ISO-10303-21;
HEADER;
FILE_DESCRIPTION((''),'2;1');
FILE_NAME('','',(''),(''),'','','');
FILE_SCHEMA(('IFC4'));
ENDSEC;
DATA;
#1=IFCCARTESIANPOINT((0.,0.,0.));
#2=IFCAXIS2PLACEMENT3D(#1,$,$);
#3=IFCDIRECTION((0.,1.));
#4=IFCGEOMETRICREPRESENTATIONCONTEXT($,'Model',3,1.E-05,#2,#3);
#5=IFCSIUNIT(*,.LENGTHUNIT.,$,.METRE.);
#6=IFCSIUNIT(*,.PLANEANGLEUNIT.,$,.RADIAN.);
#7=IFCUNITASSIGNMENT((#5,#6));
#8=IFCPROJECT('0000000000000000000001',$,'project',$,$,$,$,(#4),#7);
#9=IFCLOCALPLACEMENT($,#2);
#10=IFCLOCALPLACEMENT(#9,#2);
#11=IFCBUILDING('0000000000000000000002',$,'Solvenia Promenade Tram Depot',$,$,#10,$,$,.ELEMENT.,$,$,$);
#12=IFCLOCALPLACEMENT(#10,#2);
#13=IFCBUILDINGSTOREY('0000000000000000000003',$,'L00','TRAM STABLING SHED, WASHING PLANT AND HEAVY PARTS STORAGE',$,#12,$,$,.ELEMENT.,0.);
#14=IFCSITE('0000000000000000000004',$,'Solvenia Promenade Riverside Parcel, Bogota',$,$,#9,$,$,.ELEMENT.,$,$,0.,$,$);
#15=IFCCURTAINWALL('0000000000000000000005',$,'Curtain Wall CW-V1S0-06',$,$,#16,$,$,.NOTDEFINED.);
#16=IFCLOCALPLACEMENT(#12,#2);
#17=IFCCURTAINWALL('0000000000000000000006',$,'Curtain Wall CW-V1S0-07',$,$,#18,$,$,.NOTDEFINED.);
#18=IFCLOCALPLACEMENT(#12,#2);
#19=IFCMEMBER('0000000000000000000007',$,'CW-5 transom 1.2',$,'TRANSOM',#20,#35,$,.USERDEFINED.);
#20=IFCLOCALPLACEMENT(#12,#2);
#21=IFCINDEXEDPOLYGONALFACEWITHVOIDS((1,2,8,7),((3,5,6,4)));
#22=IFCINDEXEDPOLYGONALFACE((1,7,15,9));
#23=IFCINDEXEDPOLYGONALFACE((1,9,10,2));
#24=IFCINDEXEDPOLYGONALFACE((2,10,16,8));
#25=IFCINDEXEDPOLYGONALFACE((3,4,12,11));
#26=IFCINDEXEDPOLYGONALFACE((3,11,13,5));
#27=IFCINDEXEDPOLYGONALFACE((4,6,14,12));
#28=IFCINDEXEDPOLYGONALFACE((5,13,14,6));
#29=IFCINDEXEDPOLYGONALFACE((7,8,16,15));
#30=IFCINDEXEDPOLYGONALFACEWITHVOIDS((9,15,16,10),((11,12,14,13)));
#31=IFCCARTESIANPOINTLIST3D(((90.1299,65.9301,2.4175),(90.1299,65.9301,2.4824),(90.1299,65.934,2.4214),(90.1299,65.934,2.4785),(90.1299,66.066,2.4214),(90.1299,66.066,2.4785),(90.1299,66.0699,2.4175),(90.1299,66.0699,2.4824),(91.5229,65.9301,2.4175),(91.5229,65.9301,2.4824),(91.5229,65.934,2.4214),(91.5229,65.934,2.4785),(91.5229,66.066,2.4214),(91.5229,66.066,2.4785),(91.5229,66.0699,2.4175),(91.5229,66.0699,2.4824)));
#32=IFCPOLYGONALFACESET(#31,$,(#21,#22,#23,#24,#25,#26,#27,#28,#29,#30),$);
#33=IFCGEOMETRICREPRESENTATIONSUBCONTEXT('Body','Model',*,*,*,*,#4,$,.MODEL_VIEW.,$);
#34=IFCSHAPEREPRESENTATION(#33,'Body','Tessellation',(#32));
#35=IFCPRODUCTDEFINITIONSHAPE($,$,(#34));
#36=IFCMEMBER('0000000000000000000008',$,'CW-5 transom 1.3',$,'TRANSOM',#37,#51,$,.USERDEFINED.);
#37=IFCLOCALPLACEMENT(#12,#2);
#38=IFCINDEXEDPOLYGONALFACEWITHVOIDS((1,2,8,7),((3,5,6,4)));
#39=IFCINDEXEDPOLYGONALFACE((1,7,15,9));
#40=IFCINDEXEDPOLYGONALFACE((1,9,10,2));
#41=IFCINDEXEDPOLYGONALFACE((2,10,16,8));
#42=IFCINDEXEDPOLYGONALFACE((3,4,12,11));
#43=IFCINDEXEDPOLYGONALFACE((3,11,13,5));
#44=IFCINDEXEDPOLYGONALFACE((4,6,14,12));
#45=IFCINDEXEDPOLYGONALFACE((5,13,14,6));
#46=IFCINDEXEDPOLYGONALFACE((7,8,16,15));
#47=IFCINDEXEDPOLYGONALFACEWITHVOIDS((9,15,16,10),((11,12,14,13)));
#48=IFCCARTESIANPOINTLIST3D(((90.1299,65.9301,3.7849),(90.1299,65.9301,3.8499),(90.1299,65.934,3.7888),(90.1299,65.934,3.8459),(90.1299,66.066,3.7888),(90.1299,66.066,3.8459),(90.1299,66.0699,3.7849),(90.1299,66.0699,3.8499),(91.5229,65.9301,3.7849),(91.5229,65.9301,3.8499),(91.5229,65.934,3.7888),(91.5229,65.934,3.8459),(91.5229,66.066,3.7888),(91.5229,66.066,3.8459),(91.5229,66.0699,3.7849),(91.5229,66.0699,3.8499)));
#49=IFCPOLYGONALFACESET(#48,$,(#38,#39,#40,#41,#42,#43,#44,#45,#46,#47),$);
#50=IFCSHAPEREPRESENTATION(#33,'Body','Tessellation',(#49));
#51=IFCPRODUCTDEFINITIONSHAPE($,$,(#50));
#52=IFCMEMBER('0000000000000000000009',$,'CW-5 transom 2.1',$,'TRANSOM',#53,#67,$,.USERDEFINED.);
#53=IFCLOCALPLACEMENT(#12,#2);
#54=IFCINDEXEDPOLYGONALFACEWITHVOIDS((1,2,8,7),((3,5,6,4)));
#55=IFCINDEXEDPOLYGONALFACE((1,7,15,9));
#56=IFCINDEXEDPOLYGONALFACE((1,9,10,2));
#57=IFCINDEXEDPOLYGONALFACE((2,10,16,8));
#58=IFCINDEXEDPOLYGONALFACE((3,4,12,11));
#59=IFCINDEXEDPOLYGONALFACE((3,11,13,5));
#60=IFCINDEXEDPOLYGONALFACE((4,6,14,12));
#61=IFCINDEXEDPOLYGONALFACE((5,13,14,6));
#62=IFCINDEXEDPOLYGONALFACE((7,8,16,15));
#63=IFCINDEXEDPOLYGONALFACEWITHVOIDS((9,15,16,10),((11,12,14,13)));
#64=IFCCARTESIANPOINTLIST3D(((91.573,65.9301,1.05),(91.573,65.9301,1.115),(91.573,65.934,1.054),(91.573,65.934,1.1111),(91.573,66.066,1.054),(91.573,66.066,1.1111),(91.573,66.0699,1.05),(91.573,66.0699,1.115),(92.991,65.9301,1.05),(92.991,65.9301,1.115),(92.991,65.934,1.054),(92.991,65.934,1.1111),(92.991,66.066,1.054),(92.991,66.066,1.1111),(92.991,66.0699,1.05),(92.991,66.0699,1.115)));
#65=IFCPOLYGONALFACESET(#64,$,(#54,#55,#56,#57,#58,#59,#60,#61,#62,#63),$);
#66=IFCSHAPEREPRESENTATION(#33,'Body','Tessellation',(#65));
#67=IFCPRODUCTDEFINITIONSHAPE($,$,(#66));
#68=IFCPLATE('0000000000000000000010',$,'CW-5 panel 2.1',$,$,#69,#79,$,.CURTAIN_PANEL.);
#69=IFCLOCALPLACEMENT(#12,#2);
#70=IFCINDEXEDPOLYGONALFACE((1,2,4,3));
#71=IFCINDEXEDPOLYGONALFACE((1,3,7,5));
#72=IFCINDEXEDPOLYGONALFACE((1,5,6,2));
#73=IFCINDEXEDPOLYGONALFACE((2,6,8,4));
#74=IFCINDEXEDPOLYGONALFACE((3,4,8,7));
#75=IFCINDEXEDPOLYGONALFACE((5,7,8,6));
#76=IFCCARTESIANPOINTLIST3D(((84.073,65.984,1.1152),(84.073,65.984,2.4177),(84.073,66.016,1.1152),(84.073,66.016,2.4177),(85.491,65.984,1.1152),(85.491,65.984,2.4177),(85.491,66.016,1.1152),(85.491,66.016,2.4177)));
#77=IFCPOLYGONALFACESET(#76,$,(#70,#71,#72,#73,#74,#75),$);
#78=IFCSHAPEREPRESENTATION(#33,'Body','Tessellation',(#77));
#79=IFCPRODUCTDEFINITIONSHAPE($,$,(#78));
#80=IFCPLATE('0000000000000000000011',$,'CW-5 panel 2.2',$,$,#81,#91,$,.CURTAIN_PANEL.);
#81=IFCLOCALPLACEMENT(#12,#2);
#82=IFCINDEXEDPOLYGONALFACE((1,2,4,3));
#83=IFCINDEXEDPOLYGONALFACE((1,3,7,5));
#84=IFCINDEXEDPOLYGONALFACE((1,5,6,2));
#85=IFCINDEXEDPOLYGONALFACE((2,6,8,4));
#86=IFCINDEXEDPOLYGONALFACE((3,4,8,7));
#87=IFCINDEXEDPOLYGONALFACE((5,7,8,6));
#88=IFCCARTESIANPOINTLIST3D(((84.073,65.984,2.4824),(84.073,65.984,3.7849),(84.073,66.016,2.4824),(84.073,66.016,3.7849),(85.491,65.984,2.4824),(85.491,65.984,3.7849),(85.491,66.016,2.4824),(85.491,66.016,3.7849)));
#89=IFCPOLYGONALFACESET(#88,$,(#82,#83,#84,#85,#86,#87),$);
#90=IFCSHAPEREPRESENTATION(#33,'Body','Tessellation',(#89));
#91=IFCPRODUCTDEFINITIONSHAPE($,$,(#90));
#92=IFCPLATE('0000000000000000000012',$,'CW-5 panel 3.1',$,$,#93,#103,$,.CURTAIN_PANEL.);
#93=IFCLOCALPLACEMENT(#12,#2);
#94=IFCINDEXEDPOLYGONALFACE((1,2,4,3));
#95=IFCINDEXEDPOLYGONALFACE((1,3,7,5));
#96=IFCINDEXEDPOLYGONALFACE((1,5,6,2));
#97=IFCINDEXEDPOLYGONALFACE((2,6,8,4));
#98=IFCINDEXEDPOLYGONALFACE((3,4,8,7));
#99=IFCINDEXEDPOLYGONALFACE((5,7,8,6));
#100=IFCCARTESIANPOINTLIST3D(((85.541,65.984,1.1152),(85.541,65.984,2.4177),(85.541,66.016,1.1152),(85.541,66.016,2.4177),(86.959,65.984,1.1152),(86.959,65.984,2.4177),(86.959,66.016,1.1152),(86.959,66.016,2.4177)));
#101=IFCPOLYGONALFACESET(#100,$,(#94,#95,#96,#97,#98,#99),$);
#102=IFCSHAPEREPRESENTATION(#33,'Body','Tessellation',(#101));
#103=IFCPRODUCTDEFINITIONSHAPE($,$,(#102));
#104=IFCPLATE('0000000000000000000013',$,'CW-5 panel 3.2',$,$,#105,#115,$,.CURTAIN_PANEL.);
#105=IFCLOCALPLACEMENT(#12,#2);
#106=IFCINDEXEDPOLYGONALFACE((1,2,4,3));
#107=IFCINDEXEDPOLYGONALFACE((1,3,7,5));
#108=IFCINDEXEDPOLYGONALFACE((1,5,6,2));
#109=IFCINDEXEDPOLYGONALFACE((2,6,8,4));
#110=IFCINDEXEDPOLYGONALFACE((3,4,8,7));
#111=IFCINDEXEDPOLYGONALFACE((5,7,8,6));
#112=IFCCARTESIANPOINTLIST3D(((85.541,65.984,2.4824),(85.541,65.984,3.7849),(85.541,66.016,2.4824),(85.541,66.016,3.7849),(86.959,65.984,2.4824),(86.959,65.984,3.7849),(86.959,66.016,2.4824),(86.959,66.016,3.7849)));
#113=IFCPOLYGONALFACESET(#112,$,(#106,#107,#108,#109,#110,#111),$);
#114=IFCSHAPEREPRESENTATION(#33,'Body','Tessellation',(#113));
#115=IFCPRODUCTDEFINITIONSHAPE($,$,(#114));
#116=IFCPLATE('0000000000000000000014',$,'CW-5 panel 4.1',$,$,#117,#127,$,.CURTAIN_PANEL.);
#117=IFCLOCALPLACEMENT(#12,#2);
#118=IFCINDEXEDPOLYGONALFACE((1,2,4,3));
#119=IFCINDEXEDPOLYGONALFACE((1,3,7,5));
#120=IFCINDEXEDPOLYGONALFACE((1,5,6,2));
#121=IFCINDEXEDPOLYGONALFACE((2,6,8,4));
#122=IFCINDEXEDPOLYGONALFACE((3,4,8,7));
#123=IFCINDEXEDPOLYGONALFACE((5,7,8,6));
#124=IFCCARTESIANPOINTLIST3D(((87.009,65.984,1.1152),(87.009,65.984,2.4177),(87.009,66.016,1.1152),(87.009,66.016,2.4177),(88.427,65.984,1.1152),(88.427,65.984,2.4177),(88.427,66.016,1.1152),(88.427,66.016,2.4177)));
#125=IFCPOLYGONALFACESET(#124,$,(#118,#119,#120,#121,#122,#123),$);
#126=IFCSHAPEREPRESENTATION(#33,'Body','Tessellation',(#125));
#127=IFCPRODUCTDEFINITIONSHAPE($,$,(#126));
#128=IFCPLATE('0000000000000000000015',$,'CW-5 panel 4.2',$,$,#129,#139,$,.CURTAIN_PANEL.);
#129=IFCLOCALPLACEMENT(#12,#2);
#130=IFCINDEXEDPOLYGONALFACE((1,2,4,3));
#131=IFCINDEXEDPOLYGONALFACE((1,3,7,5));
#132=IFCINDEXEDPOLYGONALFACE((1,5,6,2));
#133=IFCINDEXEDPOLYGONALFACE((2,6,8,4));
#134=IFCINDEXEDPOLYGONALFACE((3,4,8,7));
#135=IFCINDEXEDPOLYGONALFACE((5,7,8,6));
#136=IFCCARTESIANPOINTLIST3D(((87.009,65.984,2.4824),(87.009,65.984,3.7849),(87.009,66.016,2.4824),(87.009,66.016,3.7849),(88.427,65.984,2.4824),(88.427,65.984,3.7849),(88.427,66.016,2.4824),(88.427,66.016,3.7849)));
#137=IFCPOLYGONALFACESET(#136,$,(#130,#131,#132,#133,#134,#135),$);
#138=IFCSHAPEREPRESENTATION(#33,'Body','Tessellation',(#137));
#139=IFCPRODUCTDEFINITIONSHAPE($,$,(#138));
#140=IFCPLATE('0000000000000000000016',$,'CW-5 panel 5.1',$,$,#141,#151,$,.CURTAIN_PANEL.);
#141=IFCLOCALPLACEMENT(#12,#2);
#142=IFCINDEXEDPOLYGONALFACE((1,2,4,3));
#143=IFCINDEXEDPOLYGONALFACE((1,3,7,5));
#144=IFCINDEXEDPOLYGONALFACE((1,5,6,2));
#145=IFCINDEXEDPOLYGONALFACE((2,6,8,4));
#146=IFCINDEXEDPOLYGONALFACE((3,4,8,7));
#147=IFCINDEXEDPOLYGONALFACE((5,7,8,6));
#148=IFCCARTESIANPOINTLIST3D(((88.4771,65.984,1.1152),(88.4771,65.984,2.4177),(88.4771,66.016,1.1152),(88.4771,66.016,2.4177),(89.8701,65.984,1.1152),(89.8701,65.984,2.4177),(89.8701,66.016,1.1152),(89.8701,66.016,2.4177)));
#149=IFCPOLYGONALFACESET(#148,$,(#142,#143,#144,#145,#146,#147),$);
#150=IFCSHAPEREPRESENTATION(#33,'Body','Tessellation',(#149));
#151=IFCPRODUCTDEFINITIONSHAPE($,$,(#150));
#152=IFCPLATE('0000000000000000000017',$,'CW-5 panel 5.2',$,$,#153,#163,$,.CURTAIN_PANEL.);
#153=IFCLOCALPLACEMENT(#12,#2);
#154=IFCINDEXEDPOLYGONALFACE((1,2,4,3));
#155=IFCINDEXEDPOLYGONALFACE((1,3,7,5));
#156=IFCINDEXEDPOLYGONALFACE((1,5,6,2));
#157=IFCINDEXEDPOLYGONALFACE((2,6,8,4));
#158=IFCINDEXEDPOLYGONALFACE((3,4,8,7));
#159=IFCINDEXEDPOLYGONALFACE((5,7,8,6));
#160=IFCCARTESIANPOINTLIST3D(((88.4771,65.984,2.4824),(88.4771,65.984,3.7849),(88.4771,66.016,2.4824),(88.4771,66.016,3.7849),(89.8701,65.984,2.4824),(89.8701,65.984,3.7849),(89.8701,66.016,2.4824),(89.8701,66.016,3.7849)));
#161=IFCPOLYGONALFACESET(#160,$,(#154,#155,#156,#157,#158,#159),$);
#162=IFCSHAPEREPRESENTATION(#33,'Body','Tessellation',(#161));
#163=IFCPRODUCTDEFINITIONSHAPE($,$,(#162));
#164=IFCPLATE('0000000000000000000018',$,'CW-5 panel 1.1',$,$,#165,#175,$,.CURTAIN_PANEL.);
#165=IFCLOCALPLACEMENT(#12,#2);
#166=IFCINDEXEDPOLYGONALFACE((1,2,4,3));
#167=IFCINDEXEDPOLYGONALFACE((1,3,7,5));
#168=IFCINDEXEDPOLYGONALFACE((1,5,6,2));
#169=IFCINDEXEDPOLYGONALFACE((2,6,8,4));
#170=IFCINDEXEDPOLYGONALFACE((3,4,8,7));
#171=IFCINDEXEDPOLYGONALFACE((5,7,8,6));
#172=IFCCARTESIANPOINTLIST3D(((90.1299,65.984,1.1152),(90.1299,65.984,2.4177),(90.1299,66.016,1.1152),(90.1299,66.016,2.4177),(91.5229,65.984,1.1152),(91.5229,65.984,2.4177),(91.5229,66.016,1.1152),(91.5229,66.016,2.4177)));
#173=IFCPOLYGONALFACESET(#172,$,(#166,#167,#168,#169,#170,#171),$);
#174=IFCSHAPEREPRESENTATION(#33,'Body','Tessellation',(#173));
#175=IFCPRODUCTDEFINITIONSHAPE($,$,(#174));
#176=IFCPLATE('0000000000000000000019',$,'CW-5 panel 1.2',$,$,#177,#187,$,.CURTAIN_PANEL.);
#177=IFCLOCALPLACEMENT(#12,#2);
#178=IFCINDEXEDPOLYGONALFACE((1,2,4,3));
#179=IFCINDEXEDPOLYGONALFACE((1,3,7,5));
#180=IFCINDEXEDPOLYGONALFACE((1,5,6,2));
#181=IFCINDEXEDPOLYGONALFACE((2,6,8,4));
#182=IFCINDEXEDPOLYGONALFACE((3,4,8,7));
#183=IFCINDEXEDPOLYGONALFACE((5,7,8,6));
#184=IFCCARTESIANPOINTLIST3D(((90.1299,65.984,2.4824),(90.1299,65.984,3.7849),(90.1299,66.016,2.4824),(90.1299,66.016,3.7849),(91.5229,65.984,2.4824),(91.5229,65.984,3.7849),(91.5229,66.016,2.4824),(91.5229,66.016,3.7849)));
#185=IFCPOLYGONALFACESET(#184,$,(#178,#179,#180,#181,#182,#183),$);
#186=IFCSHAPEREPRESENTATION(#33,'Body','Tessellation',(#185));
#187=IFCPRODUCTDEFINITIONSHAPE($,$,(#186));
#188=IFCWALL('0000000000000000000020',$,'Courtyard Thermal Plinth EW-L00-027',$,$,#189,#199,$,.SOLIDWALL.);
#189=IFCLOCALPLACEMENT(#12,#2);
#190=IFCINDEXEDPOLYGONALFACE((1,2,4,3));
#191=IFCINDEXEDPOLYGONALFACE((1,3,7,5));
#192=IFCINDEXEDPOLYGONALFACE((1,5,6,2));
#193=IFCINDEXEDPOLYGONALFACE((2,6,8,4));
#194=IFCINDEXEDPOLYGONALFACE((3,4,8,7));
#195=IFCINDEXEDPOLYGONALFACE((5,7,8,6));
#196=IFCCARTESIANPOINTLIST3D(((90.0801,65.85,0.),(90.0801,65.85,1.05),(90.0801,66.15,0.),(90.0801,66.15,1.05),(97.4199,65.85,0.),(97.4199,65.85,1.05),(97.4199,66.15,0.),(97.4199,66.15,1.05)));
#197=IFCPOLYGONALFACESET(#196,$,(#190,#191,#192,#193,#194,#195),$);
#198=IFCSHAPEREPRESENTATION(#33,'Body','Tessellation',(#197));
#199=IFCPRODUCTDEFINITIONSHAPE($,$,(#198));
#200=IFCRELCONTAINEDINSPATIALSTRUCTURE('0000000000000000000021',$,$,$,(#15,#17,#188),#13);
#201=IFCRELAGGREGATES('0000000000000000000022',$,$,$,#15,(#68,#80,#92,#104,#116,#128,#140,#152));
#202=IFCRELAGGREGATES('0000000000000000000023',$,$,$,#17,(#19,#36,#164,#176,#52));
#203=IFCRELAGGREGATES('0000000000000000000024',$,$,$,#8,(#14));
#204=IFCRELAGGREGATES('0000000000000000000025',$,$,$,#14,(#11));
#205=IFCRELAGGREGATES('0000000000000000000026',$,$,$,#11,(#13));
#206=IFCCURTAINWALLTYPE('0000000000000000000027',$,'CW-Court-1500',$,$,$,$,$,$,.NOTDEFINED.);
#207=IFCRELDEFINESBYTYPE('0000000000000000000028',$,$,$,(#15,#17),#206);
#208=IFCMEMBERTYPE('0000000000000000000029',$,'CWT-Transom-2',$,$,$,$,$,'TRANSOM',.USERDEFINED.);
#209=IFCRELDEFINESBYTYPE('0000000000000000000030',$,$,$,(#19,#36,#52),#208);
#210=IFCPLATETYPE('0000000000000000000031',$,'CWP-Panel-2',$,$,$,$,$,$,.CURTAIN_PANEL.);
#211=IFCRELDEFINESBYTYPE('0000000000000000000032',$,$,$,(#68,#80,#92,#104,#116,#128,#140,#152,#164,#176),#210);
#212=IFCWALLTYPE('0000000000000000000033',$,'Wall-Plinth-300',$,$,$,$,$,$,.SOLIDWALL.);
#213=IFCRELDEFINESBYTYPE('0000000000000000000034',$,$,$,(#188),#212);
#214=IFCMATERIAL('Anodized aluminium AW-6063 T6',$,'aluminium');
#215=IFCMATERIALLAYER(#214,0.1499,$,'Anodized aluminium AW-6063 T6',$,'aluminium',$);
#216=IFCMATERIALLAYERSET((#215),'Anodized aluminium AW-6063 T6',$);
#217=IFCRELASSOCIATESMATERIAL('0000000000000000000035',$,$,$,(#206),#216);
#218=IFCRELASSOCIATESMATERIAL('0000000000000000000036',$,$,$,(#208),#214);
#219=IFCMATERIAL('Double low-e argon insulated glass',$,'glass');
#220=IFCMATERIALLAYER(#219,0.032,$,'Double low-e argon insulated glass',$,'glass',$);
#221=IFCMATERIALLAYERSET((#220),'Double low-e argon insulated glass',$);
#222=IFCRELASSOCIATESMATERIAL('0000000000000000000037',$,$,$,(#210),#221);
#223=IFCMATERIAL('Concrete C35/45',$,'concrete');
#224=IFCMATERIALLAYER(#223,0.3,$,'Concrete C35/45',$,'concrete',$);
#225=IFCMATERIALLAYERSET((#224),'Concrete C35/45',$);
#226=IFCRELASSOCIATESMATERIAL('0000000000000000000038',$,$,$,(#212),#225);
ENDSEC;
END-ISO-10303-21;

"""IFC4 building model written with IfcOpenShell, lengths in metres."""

from ifc_helpers import new_model, si_unit, direction, frame, frame_2d, origin, origin_2d, place, context, subcontext, project, spatial, rectangle, hollow_rectangle, extrude, material, layer, layer_set, material_profile, profile_set, type_object, element, aggregate, save


model = new_model("IFC4")

# Units and contexts
model_context = context("Model", 3, precision=1e-05, world=origin(), true_north=direction((0.0, 1.0)))
body_context = subcontext(model_context, "Body", "Model", "MODEL_VIEW")
ifc_project = project(units=[si_unit("LENGTHUNIT", "METRE"), si_unit("PLANEANGLEUNIT", "RADIAN")], contexts=[model_context])

# Site, building, storey
site_placement = place(None, origin())
site = spatial("IfcSite", under=ifc_project, at=site_placement, Name="Solvenia Promenade Riverside Parcel, Bogota", CompositionType="ELEMENT", RefElevation=0.0)
building_placement = place(site_placement, origin())
building = spatial("IfcBuilding", under=site, at=building_placement, Name="Solvenia Promenade Tram Depot", CompositionType="ELEMENT")
storey_placement = place(building_placement, origin())
storey = spatial("IfcBuildingStorey", under=building, at=storey_placement, Name="L00", Description="TRAM STABLING SHED, WASHING PLANT AND HEAVY PARTS STORAGE", CompositionType="ELEMENT", Elevation=0.0)

# Curtain walls
ifc_material_1 = material(Name="Anodized aluminium AW-6063 T6", Category="aluminium")
ifc_layer_1 = layer(ifc_material_1, 0.1499, Name="Anodized aluminium AW-6063 T6", Category="aluminium")
ifc_layer_set_1 = layer_set([ifc_layer_1], Name="Anodized aluminium AW-6063 T6")
curtain_wall_type = type_object("IfcCurtainWallType", Name="CW-Court-1500", PredefinedType="NOTDEFINED", material=ifc_layer_set_1)
curtain_wall_1_placement = place(storey_placement, origin())
curtain_wall_1 = element("IfcCurtainWall", 1, at=curtain_wall_1_placement, inside=storey, type_object=curtain_wall_type, Name="Curtain Wall CW-V1S0-06", PredefinedType="NOTDEFINED")
curtain_wall_2_placement = place(storey_placement, origin())
curtain_wall_2 = element("IfcCurtainWall", 2, at=curtain_wall_2_placement, inside=storey, type_object=curtain_wall_type, Name="Curtain Wall CW-V1S0-07", PredefinedType="NOTDEFINED")

# Members
ifc_material_profile_1 = material_profile(ifc_material_1, hollow_rectangle(XDim=0.1399, YDim=0.0649, WallThickness=0.0039, at=origin_2d()), Name="ALU-T2", Category="aluminium")
ifc_profile_set_1 = profile_set([ifc_material_profile_1], Name="Anodized aluminium AW-6063 T6")
member_type_1 = type_object("IfcMemberType", Name="CWT-Transom-2", ElementType="TRANSOM", PredefinedType="USERDEFINED", material=ifc_profile_set_1)
member_1_placement = place(storey_placement, frame((90.1299, 66.0, 2.45), z_axis=(1.0, 0.0, 0.0), x_axis=(0.0, 1.0, 0.0)))
member_1 = element("IfcMember", 3, at=member_1_placement, type_object=member_type_1, Name="CW-5 transom 1.2", ObjectType="TRANSOM", PredefinedType="USERDEFINED", context=body_context, shape_type="SweptSolid", body=[
    extrude(hollow_rectangle(XDim=0.1399, YDim=0.0649, WallThickness=0.0039, at=origin_2d()), origin(), (0.0, 0.0, 1.0), 1.3931),
])
member_2_placement = place(storey_placement, frame((90.1299, 66.0, 3.8174), z_axis=(1.0, 0.0, 0.0), x_axis=(0.0, 1.0, 0.0)))
member_2 = element("IfcMember", 4, at=member_2_placement, type_object=member_type_1, Name="CW-5 transom 1.3", ObjectType="TRANSOM", PredefinedType="USERDEFINED", context=body_context, shape_type="SweptSolid", body=[
    extrude(hollow_rectangle(XDim=0.1399, YDim=0.0649, WallThickness=0.0039, at=origin_2d()), origin(), (0.0, 0.0, 1.0), 1.3931),
])
member_3_placement = place(storey_placement, frame((91.573, 66.0, 1.0825), z_axis=(1.0, 0.0, 0.0), x_axis=(0.0, 1.0, 0.0)))
member_3 = element("IfcMember", 5, at=member_3_placement, type_object=member_type_1, Name="CW-5 transom 2.1", ObjectType="TRANSOM", PredefinedType="USERDEFINED", context=body_context, shape_type="SweptSolid", body=[
    extrude(hollow_rectangle(XDim=0.1399, YDim=0.0649, WallThickness=0.0039, at=origin_2d()), origin(), (0.0, 0.0, 1.0), 1.418),
])

# Plates
ifc_material_2 = material(Name="Double low-e argon insulated glass", Category="glass")
ifc_layer_2 = layer(ifc_material_2, 0.032, Name="Double low-e argon insulated glass", Category="glass")
ifc_layer_set_2 = layer_set([ifc_layer_2], Name="Double low-e argon insulated glass")
plate_type = type_object("IfcPlateType", Name="CWP-Panel-2", PredefinedType="CURTAIN_PANEL", material=ifc_layer_set_2)
plate_1_placement = place(storey_placement, frame((84.782, 66.0, 1.1152), z_axis=(0.0, 0.0, 1.0), x_axis=(1.0, 0.0, 0.0)))
plate_1 = element("IfcPlate", 6, at=plate_1_placement, type_object=plate_type, Name="CW-5 panel 2.1", PredefinedType="CURTAIN_PANEL", context=body_context, shape_type="SweptSolid", body=[
    extrude(rectangle(XDim=1.418, YDim=0.032, at=origin_2d()), origin(), (0.0, 0.0, 1.0), 1.3025),
])
plate_2_placement = place(storey_placement, frame((84.782, 66.0, 2.4824), z_axis=(0.0, 0.0, 1.0), x_axis=(1.0, 0.0, 0.0)))
plate_2 = element("IfcPlate", 7, at=plate_2_placement, type_object=plate_type, Name="CW-5 panel 2.2", PredefinedType="CURTAIN_PANEL", context=body_context, shape_type="SweptSolid", body=[
    extrude(rectangle(XDim=1.418, YDim=0.032, at=origin_2d()), origin(), (0.0, 0.0, 1.0), 1.3025),
])
plate_3_placement = place(storey_placement, frame((86.25, 66.0, 1.1152), z_axis=(0.0, 0.0, 1.0), x_axis=(1.0, 0.0, 0.0)))
plate_3 = element("IfcPlate", 8, at=plate_3_placement, type_object=plate_type, Name="CW-5 panel 3.1", PredefinedType="CURTAIN_PANEL", context=body_context, shape_type="SweptSolid", body=[
    extrude(rectangle(XDim=1.418, YDim=0.032, at=origin_2d()), origin(), (0.0, 0.0, 1.0), 1.3025),
])
plate_4_placement = place(storey_placement, frame((86.25, 66.0, 2.4824), z_axis=(0.0, 0.0, 1.0), x_axis=(1.0, 0.0, 0.0)))
plate_4 = element("IfcPlate", 9, at=plate_4_placement, type_object=plate_type, Name="CW-5 panel 3.2", PredefinedType="CURTAIN_PANEL", context=body_context, shape_type="SweptSolid", body=[
    extrude(rectangle(XDim=1.418, YDim=0.032, at=origin_2d()), origin(), (0.0, 0.0, 1.0), 1.3025),
])
plate_5_placement = place(storey_placement, frame((87.718, 66.0, 1.1152), z_axis=(0.0, 0.0, 1.0), x_axis=(1.0, 0.0, 0.0)))
plate_5 = element("IfcPlate", 10, at=plate_5_placement, type_object=plate_type, Name="CW-5 panel 4.1", PredefinedType="CURTAIN_PANEL", context=body_context, shape_type="SweptSolid", body=[
    extrude(rectangle(XDim=1.418, YDim=0.032, at=origin_2d()), origin(), (0.0, 0.0, 1.0), 1.3025),
])
plate_6_placement = place(storey_placement, frame((87.718, 66.0, 2.4824), z_axis=(0.0, 0.0, 1.0), x_axis=(1.0, 0.0, 0.0)))
plate_6 = element("IfcPlate", 11, at=plate_6_placement, type_object=plate_type, Name="CW-5 panel 4.2", PredefinedType="CURTAIN_PANEL", context=body_context, shape_type="SweptSolid", body=[
    extrude(rectangle(XDim=1.418, YDim=0.032, at=origin_2d()), origin(), (0.0, 0.0, 1.0), 1.3025),
])
plate_7_placement = place(storey_placement, frame((89.1736, 66.0, 1.1152), z_axis=(0.0, 0.0, 1.0), x_axis=(1.0, 0.0, 0.0)))
plate_7 = element("IfcPlate", 12, at=plate_7_placement, type_object=plate_type, Name="CW-5 panel 5.1", PredefinedType="CURTAIN_PANEL", context=body_context, shape_type="SweptSolid", body=[
    extrude(rectangle(XDim=1.3931, YDim=0.032, at=origin_2d()), origin(), (0.0, 0.0, 1.0), 1.3025),
])
plate_8_placement = place(storey_placement, frame((89.1736, 66.0, 2.4824), z_axis=(0.0, 0.0, 1.0), x_axis=(1.0, 0.0, 0.0)))
plate_8 = element("IfcPlate", 13, at=plate_8_placement, type_object=plate_type, Name="CW-5 panel 5.2", PredefinedType="CURTAIN_PANEL", context=body_context, shape_type="SweptSolid", body=[
    extrude(rectangle(XDim=1.3931, YDim=0.032, at=origin_2d()), origin(), (0.0, 0.0, 1.0), 1.3025),
])
aggregate(curtain_wall_1, [plate_1, plate_2, plate_3, plate_4, plate_5, plate_6, plate_7, plate_8])
plate_9_placement = place(storey_placement, frame((90.8264, 66.0, 1.1152), z_axis=(0.0, 0.0, 1.0), x_axis=(1.0, 0.0, 0.0)))
plate_9 = element("IfcPlate", 14, at=plate_9_placement, type_object=plate_type, Name="CW-5 panel 1.1", PredefinedType="CURTAIN_PANEL", context=body_context, shape_type="SweptSolid", body=[
    extrude(rectangle(XDim=1.3931, YDim=0.032, at=origin_2d()), origin(), (0.0, 0.0, 1.0), 1.3025),
])
plate_10_placement = place(storey_placement, frame((90.8264, 66.0, 2.4824), z_axis=(0.0, 0.0, 1.0), x_axis=(1.0, 0.0, 0.0)))
plate_10 = element("IfcPlate", 15, at=plate_10_placement, type_object=plate_type, Name="CW-5 panel 1.2", PredefinedType="CURTAIN_PANEL", context=body_context, shape_type="SweptSolid", body=[
    extrude(rectangle(XDim=1.3931, YDim=0.032, at=origin_2d()), origin(), (0.0, 0.0, 1.0), 1.3025),
])
aggregate(curtain_wall_2, [member_1, member_2, plate_9, plate_10, member_3])

# Wall
ifc_material_3 = material(Name="Concrete C35/45", Category="concrete")
ifc_layer_3 = layer(ifc_material_3, 0.3, Name="Concrete C35/45", Category="concrete")
ifc_layer_set_3 = layer_set([ifc_layer_3], Name="Concrete C35/45")
wall_type = type_object("IfcWallType", Name="Wall-Plinth-300", PredefinedType="SOLIDWALL", material=ifc_layer_set_3)
wall_placement = place(storey_placement, frame((90.0801, 66.0, 0.0), z_axis=(0.0, 0.0, 1.0), x_axis=(1.0, 0.0, 0.0)))
element("IfcWall", 16, at=wall_placement, inside=storey, type_object=wall_type, Name="Courtyard Thermal Plinth EW-L00-027", PredefinedType="SOLIDWALL", context=body_context, shape_type="SweptSolid", body=[
    extrude(rectangle(XDim=7.3398, YDim=0.3, at=frame_2d((3.6699, 0.0))), origin(), (0.0, 0.0, 1.0), 1.05),
])

save(model, "model.ifc")
